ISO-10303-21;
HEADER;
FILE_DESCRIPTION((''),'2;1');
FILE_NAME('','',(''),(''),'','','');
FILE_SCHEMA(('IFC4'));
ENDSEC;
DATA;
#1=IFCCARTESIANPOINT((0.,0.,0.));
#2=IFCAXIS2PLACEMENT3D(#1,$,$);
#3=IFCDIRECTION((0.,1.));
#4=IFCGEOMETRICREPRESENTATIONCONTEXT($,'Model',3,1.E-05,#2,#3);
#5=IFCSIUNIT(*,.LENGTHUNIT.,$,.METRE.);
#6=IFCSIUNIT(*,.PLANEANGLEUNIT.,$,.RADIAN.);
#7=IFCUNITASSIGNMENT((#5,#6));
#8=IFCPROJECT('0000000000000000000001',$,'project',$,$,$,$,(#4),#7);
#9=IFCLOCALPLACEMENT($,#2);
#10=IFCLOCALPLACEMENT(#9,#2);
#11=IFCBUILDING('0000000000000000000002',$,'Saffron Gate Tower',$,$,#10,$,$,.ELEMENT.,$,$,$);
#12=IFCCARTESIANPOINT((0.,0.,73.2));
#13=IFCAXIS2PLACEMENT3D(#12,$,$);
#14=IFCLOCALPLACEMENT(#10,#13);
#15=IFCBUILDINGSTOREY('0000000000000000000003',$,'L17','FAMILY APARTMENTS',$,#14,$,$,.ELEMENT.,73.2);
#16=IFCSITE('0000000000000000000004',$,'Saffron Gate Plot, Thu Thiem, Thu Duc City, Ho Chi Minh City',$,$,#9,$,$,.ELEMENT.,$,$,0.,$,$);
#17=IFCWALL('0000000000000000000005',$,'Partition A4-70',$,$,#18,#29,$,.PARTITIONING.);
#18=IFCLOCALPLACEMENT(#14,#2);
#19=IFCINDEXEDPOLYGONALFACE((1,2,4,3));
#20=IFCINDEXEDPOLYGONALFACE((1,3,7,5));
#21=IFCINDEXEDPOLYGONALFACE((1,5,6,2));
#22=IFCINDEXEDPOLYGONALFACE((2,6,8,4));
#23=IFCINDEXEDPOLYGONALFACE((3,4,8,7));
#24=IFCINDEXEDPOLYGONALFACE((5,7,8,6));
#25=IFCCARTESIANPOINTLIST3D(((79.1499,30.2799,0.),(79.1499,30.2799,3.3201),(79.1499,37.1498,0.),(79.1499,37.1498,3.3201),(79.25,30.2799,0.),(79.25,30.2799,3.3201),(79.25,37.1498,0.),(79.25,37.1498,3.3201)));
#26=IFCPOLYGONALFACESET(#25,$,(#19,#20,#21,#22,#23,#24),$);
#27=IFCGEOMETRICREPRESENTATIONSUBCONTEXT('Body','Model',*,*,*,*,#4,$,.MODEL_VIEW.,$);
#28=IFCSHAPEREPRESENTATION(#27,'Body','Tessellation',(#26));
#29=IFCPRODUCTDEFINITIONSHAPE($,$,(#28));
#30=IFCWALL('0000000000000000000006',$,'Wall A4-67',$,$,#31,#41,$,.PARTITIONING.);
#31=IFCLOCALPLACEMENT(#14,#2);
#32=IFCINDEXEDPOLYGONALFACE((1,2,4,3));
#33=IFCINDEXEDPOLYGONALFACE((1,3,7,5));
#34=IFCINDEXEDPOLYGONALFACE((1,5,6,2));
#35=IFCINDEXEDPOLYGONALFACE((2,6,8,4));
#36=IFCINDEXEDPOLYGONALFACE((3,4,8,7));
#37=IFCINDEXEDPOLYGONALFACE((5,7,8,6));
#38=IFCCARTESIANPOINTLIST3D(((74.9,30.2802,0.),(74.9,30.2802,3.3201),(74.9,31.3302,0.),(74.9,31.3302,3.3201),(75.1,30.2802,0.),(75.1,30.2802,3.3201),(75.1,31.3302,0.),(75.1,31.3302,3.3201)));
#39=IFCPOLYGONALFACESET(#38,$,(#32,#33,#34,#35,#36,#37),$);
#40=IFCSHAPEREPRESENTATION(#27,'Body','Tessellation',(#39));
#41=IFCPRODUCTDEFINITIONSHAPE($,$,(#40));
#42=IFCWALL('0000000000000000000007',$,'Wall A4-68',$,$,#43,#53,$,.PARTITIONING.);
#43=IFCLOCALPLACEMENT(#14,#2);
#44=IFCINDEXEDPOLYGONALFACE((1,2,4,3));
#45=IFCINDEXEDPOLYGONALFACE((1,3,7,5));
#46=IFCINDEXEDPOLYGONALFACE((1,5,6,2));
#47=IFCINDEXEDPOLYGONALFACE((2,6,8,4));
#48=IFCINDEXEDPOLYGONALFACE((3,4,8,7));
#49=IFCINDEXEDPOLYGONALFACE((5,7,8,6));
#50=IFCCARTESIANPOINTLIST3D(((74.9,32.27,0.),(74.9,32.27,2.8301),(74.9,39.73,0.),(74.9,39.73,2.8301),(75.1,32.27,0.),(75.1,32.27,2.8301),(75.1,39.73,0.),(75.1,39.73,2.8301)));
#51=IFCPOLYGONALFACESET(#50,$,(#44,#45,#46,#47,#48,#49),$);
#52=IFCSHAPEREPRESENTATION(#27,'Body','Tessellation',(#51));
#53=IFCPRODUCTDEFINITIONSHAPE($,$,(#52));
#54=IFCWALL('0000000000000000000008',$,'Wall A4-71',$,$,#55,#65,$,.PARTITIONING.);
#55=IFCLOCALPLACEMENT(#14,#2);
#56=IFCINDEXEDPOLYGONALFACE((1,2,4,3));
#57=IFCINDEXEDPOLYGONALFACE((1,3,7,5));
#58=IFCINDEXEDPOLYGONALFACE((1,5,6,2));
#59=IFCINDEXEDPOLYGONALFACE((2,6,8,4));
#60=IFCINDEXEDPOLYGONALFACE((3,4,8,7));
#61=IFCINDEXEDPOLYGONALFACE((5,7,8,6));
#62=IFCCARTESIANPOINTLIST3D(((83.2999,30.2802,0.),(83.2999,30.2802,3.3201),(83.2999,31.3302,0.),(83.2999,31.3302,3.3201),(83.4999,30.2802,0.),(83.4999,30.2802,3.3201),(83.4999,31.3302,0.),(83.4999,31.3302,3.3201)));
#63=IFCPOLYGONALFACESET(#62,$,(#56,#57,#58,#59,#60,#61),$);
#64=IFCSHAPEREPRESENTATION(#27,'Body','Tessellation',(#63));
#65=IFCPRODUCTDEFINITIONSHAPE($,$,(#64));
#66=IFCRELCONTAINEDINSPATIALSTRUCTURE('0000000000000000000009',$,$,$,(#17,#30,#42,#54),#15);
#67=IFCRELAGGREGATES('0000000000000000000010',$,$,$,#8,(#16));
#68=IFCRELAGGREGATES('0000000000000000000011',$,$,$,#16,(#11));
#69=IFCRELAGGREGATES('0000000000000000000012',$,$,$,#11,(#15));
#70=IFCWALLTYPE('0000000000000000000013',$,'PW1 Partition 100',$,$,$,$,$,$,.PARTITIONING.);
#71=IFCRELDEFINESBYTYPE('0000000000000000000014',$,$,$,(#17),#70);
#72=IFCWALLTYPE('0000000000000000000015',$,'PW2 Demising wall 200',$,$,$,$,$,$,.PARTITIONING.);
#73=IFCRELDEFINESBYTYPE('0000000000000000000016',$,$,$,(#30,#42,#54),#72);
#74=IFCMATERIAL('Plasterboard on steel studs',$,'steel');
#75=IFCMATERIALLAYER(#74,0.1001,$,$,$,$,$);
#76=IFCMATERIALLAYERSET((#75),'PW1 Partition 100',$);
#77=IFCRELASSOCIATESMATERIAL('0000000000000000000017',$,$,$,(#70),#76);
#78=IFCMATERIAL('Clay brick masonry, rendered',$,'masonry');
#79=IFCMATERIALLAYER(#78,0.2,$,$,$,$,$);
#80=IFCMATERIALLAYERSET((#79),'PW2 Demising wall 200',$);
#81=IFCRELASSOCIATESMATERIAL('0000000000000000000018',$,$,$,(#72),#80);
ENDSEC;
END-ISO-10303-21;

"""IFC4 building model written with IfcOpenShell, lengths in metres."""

from ifc_helpers import new_model, si_unit, direction, frame, frame_2d, origin, place, context, subcontext, project, spatial, rectangle, extrude, material, layer, layer_set, type_object, element, save


model = new_model("IFC4")

# Units and contexts
model_context = context("Model", 3, precision=1e-05, world=origin(), true_north=direction((0.0, 1.0)))
body_context = subcontext(model_context, "Body", "Model", "MODEL_VIEW")
ifc_project = project(units=[si_unit("LENGTHUNIT", "METRE"), si_unit("PLANEANGLEUNIT", "RADIAN")], contexts=[model_context])

# Site, building, storey
site_placement = place(None, origin())
site = spatial("IfcSite", under=ifc_project, at=site_placement, Name="Saffron Gate Plot, Thu Thiem, Thu Duc City, Ho Chi Minh City", CompositionType="ELEMENT", RefElevation=0.0)
building_placement = place(site_placement, origin())
building = spatial("IfcBuilding", under=site, at=building_placement, Name="Saffron Gate Tower", CompositionType="ELEMENT")
storey_placement = place(building_placement, frame((0.0, 0.0, 73.2)))
storey = spatial("IfcBuildingStorey", under=building, at=storey_placement, Name="L17", Description="FAMILY APARTMENTS", CompositionType="ELEMENT", Elevation=73.2)

# Shared definitions
ifc_material_1 = material(Name="Plasterboard on steel studs", Category="steel")
ifc_layer_1 = layer(ifc_material_1, 0.1001)
ifc_layer_set_1 = layer_set([ifc_layer_1], Name="PW1 Partition 100")
wall_type_1 = type_object("IfcWallType", Name="PW1 Partition 100", PredefinedType="PARTITIONING", material=ifc_layer_set_1)

# Walls
wall_1_placement = place(storey_placement, frame((79.2, 37.1499, 0.0), z_axis=(0.0, 0.0, 1.0), x_axis=(0.0, -1.0, 0.0)))
element("IfcWall", 1, at=wall_1_placement, inside=storey, type_object=wall_type_1, Name="Partition A4-70", PredefinedType="PARTITIONING", context=body_context, shape_type="SweptSolid", body=[
    extrude(rectangle(XDim=6.8699, YDim=0.1001, at=frame_2d((3.4351, 0.0))), origin(), (0.0, 0.0, 1.0), 3.3201),
])
ifc_material_2 = material(Name="Clay brick masonry, rendered", Category="masonry")
ifc_layer_2 = layer(ifc_material_2, 0.2)
ifc_layer_set_2 = layer_set([ifc_layer_2], Name="PW2 Demising wall 200")
wall_type_2 = type_object("IfcWallType", Name="PW2 Demising wall 200", PredefinedType="PARTITIONING", material=ifc_layer_set_2)
wall_2_placement = place(storey_placement, frame((75.0, 31.3301, 0.0), z_axis=(0.0, 0.0, 1.0), x_axis=(0.0, -1.0, 0.0)))
element("IfcWall", 2, at=wall_2_placement, inside=storey, type_object=wall_type_2, Name="Wall A4-67", PredefinedType="PARTITIONING", context=body_context, shape_type="SweptSolid", body=[
    extrude(rectangle(XDim=1.05, YDim=0.2, at=frame_2d((0.5249, 0.0))), origin(), (0.0, 0.0, 1.0), 3.3201),
])
wall_3_placement = place(storey_placement, frame((75.0, 39.73, 0.0), z_axis=(0.0, 0.0, 1.0), x_axis=(0.0, -1.0, 0.0)))
element("IfcWall", 3, at=wall_3_placement, inside=storey, type_object=wall_type_2, Name="Wall A4-68", PredefinedType="PARTITIONING", context=body_context, shape_type="SweptSolid", body=[
    extrude(rectangle(XDim=7.46, YDim=0.2, at=frame_2d((3.73, 0.0))), origin(), (0.0, 0.0, 1.0), 2.8301),
])
wall_4_placement = place(storey_placement, frame((83.3999, 31.3301, 0.0), z_axis=(0.0, 0.0, 1.0), x_axis=(0.0, -1.0, 0.0)))
element("IfcWall", 4, at=wall_4_placement, inside=storey, type_object=wall_type_2, Name="Wall A4-71", PredefinedType="PARTITIONING", context=body_context, shape_type="SweptSolid", body=[
    extrude(rectangle(XDim=1.05, YDim=0.2, at=frame_2d((0.5249, 0.0))), origin(), (0.0, 0.0, 1.0), 3.3201),
])

save(model, "model.ifc")
